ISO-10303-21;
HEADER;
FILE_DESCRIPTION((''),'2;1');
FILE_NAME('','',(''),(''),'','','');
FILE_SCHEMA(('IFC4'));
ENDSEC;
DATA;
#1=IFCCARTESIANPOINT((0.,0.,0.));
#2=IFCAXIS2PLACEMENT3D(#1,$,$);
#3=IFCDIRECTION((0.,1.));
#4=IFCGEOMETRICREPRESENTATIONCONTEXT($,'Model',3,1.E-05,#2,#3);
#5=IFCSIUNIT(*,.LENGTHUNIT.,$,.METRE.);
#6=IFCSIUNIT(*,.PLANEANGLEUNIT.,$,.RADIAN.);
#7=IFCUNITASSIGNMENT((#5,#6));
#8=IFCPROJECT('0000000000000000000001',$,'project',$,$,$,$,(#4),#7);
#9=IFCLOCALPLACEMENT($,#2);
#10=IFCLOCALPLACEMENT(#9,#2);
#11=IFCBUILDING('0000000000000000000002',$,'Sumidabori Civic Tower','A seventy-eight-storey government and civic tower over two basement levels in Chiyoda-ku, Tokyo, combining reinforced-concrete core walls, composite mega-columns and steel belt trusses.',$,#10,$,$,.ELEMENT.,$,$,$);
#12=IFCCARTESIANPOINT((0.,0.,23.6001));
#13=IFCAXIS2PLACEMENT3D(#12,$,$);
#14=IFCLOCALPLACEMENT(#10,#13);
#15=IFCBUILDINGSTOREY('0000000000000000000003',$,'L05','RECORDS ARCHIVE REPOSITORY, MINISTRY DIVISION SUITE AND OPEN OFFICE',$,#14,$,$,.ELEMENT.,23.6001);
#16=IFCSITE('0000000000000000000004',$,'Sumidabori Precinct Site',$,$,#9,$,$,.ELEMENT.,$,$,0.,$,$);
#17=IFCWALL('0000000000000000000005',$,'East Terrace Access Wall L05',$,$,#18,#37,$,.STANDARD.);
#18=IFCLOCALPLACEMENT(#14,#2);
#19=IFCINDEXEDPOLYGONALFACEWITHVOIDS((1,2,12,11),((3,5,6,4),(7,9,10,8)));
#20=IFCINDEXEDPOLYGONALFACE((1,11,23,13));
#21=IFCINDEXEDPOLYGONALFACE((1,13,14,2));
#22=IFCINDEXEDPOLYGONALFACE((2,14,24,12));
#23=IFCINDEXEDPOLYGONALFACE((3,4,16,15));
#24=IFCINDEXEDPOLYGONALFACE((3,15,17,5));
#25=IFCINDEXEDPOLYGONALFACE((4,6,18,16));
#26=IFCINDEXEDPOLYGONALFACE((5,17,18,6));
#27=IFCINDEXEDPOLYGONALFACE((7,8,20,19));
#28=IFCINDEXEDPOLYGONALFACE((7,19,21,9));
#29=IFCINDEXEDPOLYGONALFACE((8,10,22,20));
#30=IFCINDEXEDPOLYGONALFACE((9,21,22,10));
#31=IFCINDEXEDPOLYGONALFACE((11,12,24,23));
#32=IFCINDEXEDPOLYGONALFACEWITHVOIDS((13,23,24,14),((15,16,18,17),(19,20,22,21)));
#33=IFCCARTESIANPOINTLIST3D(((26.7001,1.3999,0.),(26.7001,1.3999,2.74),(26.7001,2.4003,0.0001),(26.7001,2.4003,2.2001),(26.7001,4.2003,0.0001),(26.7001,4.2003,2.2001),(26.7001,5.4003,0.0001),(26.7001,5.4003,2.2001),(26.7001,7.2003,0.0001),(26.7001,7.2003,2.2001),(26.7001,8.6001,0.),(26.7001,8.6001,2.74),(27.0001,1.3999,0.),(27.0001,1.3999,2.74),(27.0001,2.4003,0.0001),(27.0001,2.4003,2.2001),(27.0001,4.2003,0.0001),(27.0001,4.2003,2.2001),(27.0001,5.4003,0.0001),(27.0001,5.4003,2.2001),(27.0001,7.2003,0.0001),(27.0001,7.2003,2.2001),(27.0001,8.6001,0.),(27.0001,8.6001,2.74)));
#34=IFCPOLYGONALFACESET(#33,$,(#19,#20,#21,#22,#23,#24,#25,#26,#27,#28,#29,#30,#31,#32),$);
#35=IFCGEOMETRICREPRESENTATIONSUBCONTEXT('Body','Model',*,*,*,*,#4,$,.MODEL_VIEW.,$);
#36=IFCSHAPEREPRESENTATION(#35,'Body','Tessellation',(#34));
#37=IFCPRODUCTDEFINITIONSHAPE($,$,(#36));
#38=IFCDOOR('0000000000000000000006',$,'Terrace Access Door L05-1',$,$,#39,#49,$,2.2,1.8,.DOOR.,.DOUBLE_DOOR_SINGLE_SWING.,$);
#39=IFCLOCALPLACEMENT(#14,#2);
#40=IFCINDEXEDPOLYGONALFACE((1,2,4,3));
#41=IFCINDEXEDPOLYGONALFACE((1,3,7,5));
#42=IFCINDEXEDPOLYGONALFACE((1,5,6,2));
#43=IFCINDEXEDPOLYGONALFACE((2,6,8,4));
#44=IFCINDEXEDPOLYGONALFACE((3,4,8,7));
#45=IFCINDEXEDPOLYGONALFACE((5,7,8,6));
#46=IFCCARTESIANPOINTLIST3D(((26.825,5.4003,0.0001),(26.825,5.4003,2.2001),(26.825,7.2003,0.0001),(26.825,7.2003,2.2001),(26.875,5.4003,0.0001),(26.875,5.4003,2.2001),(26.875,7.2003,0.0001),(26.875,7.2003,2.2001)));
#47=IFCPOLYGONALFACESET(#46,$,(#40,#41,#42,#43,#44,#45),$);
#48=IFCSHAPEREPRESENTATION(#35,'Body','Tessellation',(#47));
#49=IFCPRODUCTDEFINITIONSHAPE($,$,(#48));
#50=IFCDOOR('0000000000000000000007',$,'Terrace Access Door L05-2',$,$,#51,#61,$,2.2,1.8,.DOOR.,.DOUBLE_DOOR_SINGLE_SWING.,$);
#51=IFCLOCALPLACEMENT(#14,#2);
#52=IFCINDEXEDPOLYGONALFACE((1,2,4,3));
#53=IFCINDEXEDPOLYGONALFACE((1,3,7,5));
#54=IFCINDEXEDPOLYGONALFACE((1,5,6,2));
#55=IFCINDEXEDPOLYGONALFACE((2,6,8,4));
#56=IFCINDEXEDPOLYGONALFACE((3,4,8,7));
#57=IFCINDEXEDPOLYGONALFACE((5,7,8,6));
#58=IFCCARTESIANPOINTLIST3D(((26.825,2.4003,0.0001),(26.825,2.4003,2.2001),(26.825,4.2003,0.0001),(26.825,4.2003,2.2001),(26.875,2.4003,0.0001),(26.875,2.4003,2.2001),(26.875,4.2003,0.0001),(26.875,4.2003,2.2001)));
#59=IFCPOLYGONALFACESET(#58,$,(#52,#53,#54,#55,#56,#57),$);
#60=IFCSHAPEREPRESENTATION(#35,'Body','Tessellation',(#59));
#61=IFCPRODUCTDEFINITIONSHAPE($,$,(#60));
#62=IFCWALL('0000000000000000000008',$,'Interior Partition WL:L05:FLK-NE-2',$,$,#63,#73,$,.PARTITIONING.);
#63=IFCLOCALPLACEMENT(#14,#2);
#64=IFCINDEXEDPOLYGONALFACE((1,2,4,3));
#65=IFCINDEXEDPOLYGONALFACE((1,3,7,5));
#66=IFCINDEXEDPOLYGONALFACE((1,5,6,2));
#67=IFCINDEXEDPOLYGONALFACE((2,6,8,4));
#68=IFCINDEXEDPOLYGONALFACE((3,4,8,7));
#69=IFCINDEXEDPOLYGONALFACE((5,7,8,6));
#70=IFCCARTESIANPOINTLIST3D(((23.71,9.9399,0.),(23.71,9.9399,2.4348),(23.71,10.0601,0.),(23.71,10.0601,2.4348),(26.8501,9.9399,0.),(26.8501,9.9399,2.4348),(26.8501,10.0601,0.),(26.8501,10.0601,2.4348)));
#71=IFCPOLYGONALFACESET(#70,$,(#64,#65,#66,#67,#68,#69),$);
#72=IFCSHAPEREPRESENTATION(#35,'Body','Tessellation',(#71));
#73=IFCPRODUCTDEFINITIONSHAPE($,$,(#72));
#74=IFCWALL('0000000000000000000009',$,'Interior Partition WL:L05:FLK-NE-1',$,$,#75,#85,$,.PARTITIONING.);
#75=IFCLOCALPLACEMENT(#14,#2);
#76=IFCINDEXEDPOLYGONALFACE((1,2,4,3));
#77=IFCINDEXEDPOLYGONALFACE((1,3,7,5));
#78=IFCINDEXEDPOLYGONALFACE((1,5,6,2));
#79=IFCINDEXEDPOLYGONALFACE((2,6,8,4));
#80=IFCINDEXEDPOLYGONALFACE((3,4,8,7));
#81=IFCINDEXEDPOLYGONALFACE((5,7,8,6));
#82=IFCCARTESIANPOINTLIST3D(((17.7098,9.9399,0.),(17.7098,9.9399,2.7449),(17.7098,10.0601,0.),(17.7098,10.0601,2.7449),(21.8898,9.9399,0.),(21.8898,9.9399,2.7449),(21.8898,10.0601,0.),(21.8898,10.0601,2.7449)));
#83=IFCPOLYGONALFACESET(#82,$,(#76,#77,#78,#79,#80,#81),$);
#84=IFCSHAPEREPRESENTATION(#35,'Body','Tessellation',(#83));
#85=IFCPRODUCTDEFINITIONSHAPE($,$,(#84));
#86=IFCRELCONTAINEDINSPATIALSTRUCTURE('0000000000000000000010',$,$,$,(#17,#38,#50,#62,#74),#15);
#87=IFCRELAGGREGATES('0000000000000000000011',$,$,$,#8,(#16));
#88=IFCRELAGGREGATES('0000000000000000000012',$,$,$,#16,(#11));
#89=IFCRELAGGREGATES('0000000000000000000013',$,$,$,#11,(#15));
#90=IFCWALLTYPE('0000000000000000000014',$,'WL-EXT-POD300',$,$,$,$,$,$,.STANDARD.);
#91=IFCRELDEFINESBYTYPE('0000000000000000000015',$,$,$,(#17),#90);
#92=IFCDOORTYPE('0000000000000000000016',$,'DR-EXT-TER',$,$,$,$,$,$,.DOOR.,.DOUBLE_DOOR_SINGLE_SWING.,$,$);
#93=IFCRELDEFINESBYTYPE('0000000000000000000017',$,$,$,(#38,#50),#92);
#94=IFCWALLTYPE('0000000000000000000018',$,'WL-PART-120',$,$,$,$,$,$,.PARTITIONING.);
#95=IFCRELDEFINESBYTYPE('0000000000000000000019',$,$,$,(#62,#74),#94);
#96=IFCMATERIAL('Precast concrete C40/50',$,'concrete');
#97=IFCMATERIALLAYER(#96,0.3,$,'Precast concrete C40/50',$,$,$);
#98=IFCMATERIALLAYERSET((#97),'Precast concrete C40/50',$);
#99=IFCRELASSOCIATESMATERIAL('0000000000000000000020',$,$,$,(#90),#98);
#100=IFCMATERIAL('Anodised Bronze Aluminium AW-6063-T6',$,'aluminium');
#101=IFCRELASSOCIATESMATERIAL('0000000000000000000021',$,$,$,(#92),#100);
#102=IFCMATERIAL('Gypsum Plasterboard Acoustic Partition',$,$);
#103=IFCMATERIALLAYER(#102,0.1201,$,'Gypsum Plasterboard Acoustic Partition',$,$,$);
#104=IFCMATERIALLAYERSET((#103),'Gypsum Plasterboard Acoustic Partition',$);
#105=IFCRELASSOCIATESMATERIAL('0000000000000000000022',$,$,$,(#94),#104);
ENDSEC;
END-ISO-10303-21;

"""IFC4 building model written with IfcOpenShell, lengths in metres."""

from ifc_helpers import new_model, si_unit, direction, frame, frame_2d, origin, place, context, subcontext, project, spatial, rectangle, extrude, source, transform, mapped, material, layer, layer_set, type_object, element, fill, save


model = new_model("IFC4")

# Units and contexts
model_context = context("Model", 3, precision=1e-05, world=origin(), true_north=direction((0.0, 1.0)))
body_context = subcontext(model_context, "Body", "Model", "MODEL_VIEW")
ifc_project = project(units=[si_unit("LENGTHUNIT", "METRE"), si_unit("PLANEANGLEUNIT", "RADIAN")], contexts=[model_context])

# Site, building, storey
site_placement = place(None, origin())
site = spatial("IfcSite", under=ifc_project, at=site_placement, Name="Sumidabori Precinct Site", CompositionType="ELEMENT", RefElevation=0.0)
building_placement = place(site_placement, origin())
building = spatial("IfcBuilding", under=site, at=building_placement, Name="Sumidabori Civic Tower", Description="A seventy-eight-storey government and civic tower over two basement levels in Chiyoda-ku, Tokyo, combining reinforced-concrete core walls, composite mega-columns and steel belt trusses.", CompositionType="ELEMENT")
storey_placement = place(building_placement, frame((0.0, 0.0, 23.6001)))
storey = spatial("IfcBuildingStorey", under=building, at=storey_placement, Name="L05", Description="RECORDS ARCHIVE REPOSITORY, MINISTRY DIVISION SUITE AND OPEN OFFICE", CompositionType="ELEMENT", Elevation=23.6001)

# Shared definitions
ifc_material_1 = material(Name="Anodised Bronze Aluminium AW-6063-T6", Category="aluminium")

# Wall, openings, doors
ifc_material_2 = material(Name="Precast concrete C40/50", Category="concrete")
ifc_layer_1 = layer(ifc_material_2, 0.3, Name="Precast concrete C40/50")
ifc_layer_set_1 = layer_set([ifc_layer_1], Name="Precast concrete C40/50")
wall_type_1 = type_object("IfcWallType", Name="WL-EXT-POD300", PredefinedType="STANDARD", material=ifc_layer_set_1)
shared_shape_1 = source(origin(), body_context, "Body", "SweptSolid", [
    extrude(rectangle(XDim=7.2002, YDim=0.3, at=frame_2d((3.6001, 0.0))), origin(), (0.0, 0.0, 1.0), 2.74),
])
wall_1_placement = place(storey_placement, frame((26.8501, 8.6001, 0.0), z_axis=(0.0, 0.0, 1.0), x_axis=(0.0, -1.0, 0.0)))
wall_1 = element("IfcWall", 1, at=wall_1_placement, inside=storey, type_object=wall_type_1, Name="East Terrace Access Wall L05", PredefinedType="STANDARD", context=body_context, shape_type="MappedRepresentation", body=[
    mapped(shared_shape_1, transform((0.0, 0.0, 0.0), x_axis=(1.0, 0.0, 0.0), y_axis=(0.0, 1.0, 0.0), z_axis=(0.0, 0.0, 1.0), scale=1.0)),
])
opening_1_placement = place(wall_1_placement, frame((1.3999, 0.0, 0.0)))
opening_1 = element("IfcOpeningElement", 2, at=opening_1_placement, cuts=wall_1, PredefinedType="OPENING", context=body_context, shape_type="SweptSolid", body=[
    extrude(rectangle(XDim=1.8, YDim=2.2, at=frame_2d((0.8999, 1.1001))), frame((0.0, 0.1621, 0.0), z_axis=(0.0, -1.0, 0.0), x_axis=(1.0, 0.0, 0.0)), (0.0, 0.0, 1.0), 0.324),
])
opening_2_placement = place(wall_1_placement, frame((4.3999, 0.0, 0.0)))
opening_2 = element("IfcOpeningElement", 3, at=opening_2_placement, cuts=wall_1, PredefinedType="OPENING", context=body_context, shape_type="SweptSolid", body=[
    extrude(rectangle(XDim=1.8, YDim=2.2, at=frame_2d((0.8999, 1.1001))), frame((0.0, 0.1621, 0.0), z_axis=(0.0, -1.0, 0.0), x_axis=(1.0, 0.0, 0.0)), (0.0, 0.0, 1.0), 0.324),
])
door_type = type_object("IfcDoorType", Name="DR-EXT-TER", OperationType="DOUBLE_DOOR_SINGLE_SWING", PredefinedType="DOOR", material=ifc_material_1)
shared_shape_2 = source(origin(), body_context, "Body", "SweptSolid", [
    extrude(rectangle(XDim=1.8, YDim=2.2, at=frame_2d((0.8999, 1.1001))), frame((0.0, 0.0249, 0.0), z_axis=(0.0, -1.0, 0.0), x_axis=(1.0, 0.0, 0.0)), (0.0, 0.0, 1.0), 0.05),
])
door_1_placement = place(opening_1_placement, origin())
door_1 = element("IfcDoor", 4, at=door_1_placement, inside=storey, type_object=door_type, Name="Terrace Access Door L05-1", OperationType="DOUBLE_DOOR_SINGLE_SWING", OverallHeight=2.2, OverallWidth=1.8, PredefinedType="DOOR", context=body_context, shape_type="MappedRepresentation", body=[
    mapped(shared_shape_2, transform((0.0, 0.0, 0.0), x_axis=(1.0, 0.0, 0.0), y_axis=(0.0, 1.0, 0.0), z_axis=(0.0, 0.0, 1.0), scale=1.0)),
])
fill(opening_1, door_1)
door_2_placement = place(opening_2_placement, origin())
door_2 = element("IfcDoor", 5, at=door_2_placement, inside=storey, type_object=door_type, Name="Terrace Access Door L05-2", OperationType="DOUBLE_DOOR_SINGLE_SWING", OverallHeight=2.2, OverallWidth=1.8, PredefinedType="DOOR", context=body_context, shape_type="MappedRepresentation", body=[
    mapped(shared_shape_2, transform((0.0, 0.0, 0.0), x_axis=(1.0, 0.0, 0.0), y_axis=(0.0, 1.0, 0.0), z_axis=(0.0, 0.0, 1.0), scale=1.0)),
])
fill(opening_2, door_2)

# Walls
ifc_material_3 = material(Name="Gypsum Plasterboard Acoustic Partition")
ifc_layer_2 = layer(ifc_material_3, 0.1201, Name="Gypsum Plasterboard Acoustic Partition")
ifc_layer_set_2 = layer_set([ifc_layer_2], Name="Gypsum Plasterboard Acoustic Partition")
wall_type_2 = type_object("IfcWallType", Name="WL-PART-120", PredefinedType="PARTITIONING", material=ifc_layer_set_2)
shared_shape_3 = source(origin(), body_context, "Body", "SweptSolid", [
    extrude(rectangle(XDim=3.1401, YDim=0.1201, at=frame_2d((1.5701, 0.0))), origin(), (0.0, 0.0, 1.0), 2.4348),
])
wall_2_placement = place(storey_placement, frame((23.71, 10.0, 0.0), z_axis=(0.0, 0.0, 1.0), x_axis=(1.0, 0.0, 0.0)))
element("IfcWall", 6, at=wall_2_placement, inside=storey, type_object=wall_type_2, Name="Interior Partition WL:L05:FLK-NE-2", PredefinedType="PARTITIONING", context=body_context, shape_type="MappedRepresentation", body=[
    mapped(shared_shape_3, transform((0.0, 0.0, 0.0), x_axis=(1.0, 0.0, 0.0), y_axis=(0.0, 1.0, 0.0), z_axis=(0.0, 0.0, 1.0), scale=1.0)),
])
shared_shape_4 = source(origin(), body_context, "Body", "SweptSolid", [
    extrude(rectangle(XDim=4.1799, YDim=0.1201, at=frame_2d((2.0898, 0.0))), origin(), (0.0, 0.0, 1.0), 2.7449),
])
wall_3_placement = place(storey_placement, frame((17.71, 10.0, 0.0), z_axis=(0.0, 0.0, 1.0), x_axis=(1.0, 0.0, 0.0)))
element("IfcWall", 7, at=wall_3_placement, inside=storey, type_object=wall_type_2, Name="Interior Partition WL:L05:FLK-NE-1", PredefinedType="PARTITIONING", context=body_context, shape_type="MappedRepresentation", body=[
    mapped(shared_shape_4, transform((0.0, 0.0, 0.0), x_axis=(1.0, 0.0, 0.0), y_axis=(0.0, 1.0, 0.0), z_axis=(0.0, 0.0, 1.0), scale=1.0)),
])

save(model, "model.ifc")
